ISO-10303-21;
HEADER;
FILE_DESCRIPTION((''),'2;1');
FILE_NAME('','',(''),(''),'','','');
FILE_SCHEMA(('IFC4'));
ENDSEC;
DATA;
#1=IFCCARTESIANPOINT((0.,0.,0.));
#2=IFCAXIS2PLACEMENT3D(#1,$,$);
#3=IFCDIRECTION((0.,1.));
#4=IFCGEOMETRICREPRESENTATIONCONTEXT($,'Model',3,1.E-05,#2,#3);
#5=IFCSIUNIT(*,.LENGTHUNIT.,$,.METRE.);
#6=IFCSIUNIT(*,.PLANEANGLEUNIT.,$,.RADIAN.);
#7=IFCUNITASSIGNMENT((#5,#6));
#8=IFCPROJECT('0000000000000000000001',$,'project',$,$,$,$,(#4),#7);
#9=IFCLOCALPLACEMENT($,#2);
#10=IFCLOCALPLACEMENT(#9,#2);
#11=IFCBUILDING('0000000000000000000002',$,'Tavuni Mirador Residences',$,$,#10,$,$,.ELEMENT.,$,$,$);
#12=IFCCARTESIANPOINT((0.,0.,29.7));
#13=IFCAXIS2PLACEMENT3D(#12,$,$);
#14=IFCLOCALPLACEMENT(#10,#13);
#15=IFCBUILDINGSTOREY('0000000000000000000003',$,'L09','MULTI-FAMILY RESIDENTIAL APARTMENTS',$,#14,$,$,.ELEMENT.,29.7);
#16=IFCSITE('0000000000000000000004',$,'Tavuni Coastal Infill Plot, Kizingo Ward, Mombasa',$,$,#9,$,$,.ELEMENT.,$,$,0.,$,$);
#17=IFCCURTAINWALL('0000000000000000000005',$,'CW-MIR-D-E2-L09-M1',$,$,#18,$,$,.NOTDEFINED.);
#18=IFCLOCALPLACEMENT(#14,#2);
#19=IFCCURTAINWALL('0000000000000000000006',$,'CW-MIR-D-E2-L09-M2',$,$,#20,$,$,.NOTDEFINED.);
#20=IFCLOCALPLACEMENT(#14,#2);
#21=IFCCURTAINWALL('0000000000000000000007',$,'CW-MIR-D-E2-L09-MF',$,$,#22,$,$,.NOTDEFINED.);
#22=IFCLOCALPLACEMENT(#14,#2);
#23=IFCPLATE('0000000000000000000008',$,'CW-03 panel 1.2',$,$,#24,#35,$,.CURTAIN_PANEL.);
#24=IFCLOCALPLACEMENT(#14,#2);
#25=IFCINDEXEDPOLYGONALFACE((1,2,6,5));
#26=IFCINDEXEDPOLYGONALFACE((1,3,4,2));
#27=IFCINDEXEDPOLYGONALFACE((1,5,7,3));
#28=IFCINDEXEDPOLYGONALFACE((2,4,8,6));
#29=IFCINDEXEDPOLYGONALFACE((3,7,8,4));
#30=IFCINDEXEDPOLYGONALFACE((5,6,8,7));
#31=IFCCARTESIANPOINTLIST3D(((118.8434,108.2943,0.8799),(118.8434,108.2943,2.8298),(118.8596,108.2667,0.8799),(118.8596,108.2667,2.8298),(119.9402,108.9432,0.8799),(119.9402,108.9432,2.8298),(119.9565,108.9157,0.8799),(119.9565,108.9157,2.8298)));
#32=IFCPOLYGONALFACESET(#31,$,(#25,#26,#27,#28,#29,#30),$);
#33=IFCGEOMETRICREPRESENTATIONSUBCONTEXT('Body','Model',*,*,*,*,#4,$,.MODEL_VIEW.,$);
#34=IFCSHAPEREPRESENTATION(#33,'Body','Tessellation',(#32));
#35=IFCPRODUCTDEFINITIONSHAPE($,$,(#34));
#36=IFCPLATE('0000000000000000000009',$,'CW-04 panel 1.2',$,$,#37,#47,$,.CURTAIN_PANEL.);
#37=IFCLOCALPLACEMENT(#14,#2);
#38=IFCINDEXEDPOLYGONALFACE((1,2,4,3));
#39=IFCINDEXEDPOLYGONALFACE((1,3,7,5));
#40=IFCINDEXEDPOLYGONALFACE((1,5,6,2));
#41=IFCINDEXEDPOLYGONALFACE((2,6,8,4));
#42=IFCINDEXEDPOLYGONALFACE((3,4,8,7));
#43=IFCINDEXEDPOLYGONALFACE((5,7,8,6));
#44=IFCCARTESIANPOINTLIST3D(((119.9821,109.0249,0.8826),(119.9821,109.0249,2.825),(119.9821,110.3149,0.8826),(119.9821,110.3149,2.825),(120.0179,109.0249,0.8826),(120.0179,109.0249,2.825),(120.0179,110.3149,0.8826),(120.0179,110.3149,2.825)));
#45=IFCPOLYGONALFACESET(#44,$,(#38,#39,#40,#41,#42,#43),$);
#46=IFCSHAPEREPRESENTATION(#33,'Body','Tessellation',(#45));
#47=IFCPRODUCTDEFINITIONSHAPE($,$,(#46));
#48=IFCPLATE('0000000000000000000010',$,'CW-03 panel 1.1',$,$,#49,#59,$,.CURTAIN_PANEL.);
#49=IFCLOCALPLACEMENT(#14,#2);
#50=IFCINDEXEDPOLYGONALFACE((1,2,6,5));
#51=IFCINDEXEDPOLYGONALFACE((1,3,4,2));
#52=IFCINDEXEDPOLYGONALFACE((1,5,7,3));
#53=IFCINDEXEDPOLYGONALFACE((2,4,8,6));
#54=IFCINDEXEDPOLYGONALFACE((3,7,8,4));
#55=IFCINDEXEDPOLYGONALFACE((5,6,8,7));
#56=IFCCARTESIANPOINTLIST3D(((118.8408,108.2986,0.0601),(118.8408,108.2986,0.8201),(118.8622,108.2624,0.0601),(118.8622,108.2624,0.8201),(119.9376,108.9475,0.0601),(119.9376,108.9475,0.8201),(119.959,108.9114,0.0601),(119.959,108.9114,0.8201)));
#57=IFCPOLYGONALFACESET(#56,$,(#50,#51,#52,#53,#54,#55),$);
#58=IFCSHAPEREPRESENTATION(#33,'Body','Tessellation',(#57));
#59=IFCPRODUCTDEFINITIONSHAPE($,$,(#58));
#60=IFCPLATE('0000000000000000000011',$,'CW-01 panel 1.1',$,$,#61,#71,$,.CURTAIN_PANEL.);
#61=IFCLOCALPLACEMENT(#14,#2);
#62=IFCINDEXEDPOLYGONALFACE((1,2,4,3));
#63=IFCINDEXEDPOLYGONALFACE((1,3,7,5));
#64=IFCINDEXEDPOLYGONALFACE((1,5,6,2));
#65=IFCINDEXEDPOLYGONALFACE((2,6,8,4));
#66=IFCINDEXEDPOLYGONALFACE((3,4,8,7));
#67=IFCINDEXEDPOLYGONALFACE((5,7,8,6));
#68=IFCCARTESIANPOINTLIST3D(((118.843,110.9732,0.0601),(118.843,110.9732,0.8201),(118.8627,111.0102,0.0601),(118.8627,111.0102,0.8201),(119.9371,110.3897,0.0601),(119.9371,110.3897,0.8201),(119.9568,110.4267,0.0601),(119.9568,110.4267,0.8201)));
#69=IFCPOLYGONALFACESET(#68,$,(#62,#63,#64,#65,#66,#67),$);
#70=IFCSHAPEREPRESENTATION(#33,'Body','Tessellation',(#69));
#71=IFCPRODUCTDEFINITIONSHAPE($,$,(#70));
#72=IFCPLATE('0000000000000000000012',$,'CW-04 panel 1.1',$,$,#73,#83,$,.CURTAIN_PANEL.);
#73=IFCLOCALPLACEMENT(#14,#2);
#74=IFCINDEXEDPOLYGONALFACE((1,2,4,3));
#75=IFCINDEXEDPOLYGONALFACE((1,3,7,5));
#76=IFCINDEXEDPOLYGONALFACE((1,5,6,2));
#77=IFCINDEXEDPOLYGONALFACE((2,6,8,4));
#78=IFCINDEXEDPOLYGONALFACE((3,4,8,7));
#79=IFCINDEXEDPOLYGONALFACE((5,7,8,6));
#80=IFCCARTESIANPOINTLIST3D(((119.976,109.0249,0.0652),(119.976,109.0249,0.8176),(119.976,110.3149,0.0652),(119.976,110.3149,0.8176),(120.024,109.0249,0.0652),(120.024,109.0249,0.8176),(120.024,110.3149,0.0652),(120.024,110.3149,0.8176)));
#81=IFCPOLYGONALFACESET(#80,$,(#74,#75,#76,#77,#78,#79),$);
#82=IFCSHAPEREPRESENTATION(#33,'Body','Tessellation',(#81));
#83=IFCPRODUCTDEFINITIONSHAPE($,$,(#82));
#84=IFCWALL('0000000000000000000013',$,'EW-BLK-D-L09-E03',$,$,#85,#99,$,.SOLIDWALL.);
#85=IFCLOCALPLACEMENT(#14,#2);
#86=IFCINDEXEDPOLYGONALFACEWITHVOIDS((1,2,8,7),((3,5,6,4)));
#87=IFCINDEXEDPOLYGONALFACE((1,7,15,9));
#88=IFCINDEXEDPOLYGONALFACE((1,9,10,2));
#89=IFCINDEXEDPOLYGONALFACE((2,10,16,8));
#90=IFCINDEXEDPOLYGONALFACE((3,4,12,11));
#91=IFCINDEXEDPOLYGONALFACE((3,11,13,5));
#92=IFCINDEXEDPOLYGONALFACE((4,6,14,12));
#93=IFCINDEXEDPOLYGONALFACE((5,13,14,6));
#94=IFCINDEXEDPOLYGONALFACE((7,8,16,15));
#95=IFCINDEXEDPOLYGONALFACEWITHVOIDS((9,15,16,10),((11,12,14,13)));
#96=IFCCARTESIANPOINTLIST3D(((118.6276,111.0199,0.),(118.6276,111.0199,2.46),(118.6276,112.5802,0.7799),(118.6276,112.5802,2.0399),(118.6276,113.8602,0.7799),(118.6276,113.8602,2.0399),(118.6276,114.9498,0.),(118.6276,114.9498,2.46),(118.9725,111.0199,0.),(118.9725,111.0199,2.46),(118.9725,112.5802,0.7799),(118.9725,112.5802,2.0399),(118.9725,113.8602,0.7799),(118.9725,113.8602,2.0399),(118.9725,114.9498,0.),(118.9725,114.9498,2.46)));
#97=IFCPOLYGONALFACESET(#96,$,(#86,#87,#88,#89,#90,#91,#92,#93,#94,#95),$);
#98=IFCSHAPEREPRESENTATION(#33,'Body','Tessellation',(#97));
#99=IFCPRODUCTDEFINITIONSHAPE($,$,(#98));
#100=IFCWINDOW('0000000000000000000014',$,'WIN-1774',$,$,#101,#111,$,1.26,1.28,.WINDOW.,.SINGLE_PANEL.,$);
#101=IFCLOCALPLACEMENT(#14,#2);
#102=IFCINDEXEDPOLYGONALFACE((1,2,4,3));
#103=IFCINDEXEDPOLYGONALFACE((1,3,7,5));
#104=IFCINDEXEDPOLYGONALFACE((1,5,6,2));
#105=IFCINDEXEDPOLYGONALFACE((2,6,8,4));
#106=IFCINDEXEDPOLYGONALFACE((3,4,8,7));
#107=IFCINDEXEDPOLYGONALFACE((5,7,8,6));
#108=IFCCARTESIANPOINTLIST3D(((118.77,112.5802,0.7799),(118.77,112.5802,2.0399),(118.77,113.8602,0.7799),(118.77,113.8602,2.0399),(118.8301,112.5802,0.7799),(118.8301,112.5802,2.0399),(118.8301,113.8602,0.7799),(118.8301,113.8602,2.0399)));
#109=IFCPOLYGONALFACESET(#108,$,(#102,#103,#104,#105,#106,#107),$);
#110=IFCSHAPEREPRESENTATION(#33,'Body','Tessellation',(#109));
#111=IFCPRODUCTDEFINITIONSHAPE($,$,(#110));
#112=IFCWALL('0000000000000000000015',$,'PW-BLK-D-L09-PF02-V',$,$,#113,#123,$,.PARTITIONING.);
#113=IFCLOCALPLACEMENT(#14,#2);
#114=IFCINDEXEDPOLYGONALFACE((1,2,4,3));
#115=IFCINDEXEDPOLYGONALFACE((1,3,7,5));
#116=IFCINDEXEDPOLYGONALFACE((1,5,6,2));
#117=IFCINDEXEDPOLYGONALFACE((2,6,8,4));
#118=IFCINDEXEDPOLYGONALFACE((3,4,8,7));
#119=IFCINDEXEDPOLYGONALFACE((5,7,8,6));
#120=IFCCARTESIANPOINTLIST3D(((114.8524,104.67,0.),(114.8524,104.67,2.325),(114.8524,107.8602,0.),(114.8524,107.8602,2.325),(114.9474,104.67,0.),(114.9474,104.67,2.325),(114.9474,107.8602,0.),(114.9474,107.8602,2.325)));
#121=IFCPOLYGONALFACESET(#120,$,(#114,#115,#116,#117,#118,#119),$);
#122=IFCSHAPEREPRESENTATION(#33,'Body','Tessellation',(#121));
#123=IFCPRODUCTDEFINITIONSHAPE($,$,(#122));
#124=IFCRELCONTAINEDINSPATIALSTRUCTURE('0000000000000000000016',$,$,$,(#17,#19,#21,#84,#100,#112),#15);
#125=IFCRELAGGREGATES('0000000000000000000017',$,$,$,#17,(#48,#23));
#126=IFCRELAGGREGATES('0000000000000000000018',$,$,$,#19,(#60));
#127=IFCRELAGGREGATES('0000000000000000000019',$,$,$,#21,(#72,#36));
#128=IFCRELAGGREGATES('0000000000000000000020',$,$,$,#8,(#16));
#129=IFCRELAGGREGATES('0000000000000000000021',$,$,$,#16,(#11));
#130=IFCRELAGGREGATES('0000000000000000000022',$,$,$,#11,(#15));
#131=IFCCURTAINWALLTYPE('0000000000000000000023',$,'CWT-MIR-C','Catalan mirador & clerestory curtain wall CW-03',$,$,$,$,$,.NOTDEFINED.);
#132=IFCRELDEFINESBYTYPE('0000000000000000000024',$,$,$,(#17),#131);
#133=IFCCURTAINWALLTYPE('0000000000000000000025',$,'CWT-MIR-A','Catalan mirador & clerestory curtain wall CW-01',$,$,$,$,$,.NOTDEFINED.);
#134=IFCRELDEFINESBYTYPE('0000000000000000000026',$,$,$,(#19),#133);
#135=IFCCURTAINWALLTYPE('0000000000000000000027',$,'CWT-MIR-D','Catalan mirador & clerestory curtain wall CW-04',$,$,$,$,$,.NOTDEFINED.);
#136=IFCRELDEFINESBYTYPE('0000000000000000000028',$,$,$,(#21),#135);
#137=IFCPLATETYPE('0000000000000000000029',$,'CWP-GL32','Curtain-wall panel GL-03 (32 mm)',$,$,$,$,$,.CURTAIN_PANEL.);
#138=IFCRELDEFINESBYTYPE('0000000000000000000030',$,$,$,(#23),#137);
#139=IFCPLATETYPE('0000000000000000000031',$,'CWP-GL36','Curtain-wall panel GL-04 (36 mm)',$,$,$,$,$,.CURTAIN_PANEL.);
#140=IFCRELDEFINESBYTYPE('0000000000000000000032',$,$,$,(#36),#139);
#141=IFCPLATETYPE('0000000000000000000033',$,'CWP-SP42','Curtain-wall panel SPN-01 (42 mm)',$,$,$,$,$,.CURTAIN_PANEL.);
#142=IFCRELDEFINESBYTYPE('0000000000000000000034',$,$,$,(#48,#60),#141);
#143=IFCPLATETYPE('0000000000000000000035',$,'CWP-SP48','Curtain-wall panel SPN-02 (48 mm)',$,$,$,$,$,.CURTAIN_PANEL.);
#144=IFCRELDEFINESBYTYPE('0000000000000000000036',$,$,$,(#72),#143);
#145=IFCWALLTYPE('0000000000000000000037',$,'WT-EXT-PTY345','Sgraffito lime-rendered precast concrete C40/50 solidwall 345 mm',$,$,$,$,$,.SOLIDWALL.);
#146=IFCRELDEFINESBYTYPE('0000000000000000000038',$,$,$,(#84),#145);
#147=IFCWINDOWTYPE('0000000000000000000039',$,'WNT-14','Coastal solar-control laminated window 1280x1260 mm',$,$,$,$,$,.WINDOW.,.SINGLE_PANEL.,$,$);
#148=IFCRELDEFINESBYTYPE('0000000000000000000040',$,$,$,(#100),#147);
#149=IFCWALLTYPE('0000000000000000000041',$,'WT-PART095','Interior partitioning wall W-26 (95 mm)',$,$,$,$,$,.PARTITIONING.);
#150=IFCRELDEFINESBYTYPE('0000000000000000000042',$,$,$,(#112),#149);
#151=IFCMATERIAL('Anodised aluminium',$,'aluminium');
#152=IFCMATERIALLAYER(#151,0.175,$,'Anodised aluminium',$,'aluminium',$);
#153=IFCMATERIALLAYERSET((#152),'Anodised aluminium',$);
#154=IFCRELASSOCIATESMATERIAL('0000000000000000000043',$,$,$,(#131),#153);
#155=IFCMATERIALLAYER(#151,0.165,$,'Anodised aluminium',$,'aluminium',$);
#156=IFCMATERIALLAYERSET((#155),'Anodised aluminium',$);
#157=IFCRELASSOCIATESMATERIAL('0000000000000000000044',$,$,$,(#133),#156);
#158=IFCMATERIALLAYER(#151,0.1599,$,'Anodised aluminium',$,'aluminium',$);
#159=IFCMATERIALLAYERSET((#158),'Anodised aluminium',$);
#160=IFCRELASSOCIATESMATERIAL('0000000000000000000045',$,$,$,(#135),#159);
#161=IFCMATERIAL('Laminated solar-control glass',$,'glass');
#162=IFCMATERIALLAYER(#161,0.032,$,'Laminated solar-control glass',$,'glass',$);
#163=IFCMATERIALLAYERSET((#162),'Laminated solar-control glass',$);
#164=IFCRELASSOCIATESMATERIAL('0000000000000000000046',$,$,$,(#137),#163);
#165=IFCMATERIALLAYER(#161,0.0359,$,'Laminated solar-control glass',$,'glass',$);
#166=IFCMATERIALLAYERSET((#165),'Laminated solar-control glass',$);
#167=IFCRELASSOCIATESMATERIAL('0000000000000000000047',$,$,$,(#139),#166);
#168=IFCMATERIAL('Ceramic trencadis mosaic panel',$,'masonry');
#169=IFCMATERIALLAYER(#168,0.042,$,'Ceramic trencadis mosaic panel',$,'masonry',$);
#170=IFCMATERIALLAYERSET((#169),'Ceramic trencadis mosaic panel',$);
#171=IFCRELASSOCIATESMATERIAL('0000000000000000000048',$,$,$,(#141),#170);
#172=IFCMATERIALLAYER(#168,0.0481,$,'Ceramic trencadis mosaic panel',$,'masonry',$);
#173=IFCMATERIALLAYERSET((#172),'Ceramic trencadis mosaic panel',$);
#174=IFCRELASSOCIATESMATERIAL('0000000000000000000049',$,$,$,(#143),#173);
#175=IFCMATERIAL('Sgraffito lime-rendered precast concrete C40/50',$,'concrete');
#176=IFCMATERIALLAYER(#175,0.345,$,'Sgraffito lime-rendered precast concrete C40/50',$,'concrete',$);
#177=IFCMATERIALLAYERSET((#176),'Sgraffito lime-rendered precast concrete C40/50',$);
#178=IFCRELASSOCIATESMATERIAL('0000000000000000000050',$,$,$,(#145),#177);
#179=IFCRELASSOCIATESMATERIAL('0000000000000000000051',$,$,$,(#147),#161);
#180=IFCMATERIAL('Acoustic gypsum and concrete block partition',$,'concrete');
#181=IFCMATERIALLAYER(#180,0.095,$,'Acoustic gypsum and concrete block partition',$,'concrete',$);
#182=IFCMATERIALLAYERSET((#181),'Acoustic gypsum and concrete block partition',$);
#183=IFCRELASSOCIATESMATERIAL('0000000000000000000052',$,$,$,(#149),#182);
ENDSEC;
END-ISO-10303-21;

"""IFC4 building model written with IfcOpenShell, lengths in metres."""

from ifc_helpers import new_model, si_unit, direction, frame, frame_2d, origin, origin_2d, place, context, subcontext, project, spatial, rectangle, extrude, material, layer, layer_set, type_object, element, fill, aggregate, save


model = new_model("IFC4")

# Units and contexts
model_context = context("Model", 3, precision=1e-05, world=origin(), true_north=direction((0.0, 1.0)))
body_context = subcontext(model_context, "Body", "Model", "MODEL_VIEW")
ifc_project = project(units=[si_unit("LENGTHUNIT", "METRE"), si_unit("PLANEANGLEUNIT", "RADIAN")], contexts=[model_context])

# Site, building, storey
site_placement = place(None, origin())
site = spatial("IfcSite", under=ifc_project, at=site_placement, Name="Tavuni Coastal Infill Plot, Kizingo Ward, Mombasa", CompositionType="ELEMENT", RefElevation=0.0)
building_placement = place(site_placement, origin())
building = spatial("IfcBuilding", under=site, at=building_placement, Name="Tavuni Mirador Residences", CompositionType="ELEMENT")
storey_placement = place(building_placement, frame((0.0, 0.0, 29.7)))
storey = spatial("IfcBuildingStorey", under=building, at=storey_placement, Name="L09", Description="MULTI-FAMILY RESIDENTIAL APARTMENTS", CompositionType="ELEMENT", Elevation=29.7)

# Curtain walls
ifc_material_1 = material(Name="Anodised aluminium", Category="aluminium")
ifc_layer_1 = layer(ifc_material_1, 0.175, Name="Anodised aluminium", Category="aluminium")
ifc_layer_set_1 = layer_set([ifc_layer_1], Name="Anodised aluminium")
curtain_wall_type_1 = type_object("IfcCurtainWallType", Name="CWT-MIR-C", Description="Catalan mirador & clerestory curtain wall CW-03", PredefinedType="NOTDEFINED", material=ifc_layer_set_1)
curtain_wall_1_placement = place(storey_placement, origin())
curtain_wall_1 = element("IfcCurtainWall", 1, at=curtain_wall_1_placement, inside=storey, type_object=curtain_wall_type_1, Name="CW-MIR-D-E2-L09-M1", PredefinedType="NOTDEFINED")
ifc_layer_2 = layer(ifc_material_1, 0.165, Name="Anodised aluminium", Category="aluminium")
ifc_layer_set_2 = layer_set([ifc_layer_2], Name="Anodised aluminium")
curtain_wall_type_2 = type_object("IfcCurtainWallType", Name="CWT-MIR-A", Description="Catalan mirador & clerestory curtain wall CW-01", PredefinedType="NOTDEFINED", material=ifc_layer_set_2)
curtain_wall_2_placement = place(storey_placement, origin())
curtain_wall_2 = element("IfcCurtainWall", 2, at=curtain_wall_2_placement, inside=storey, type_object=curtain_wall_type_2, Name="CW-MIR-D-E2-L09-M2", PredefinedType="NOTDEFINED")
ifc_layer_3 = layer(ifc_material_1, 0.1599, Name="Anodised aluminium", Category="aluminium")
ifc_layer_set_3 = layer_set([ifc_layer_3], Name="Anodised aluminium")
curtain_wall_type_3 = type_object("IfcCurtainWallType", Name="CWT-MIR-D", Description="Catalan mirador & clerestory curtain wall CW-04", PredefinedType="NOTDEFINED", material=ifc_layer_set_3)
curtain_wall_3_placement = place(storey_placement, origin())
curtain_wall_3 = element("IfcCurtainWall", 3, at=curtain_wall_3_placement, inside=storey, type_object=curtain_wall_type_3, Name="CW-MIR-D-E2-L09-MF", PredefinedType="NOTDEFINED")

# Plates
ifc_material_2 = material(Name="Laminated solar-control glass", Category="glass")
ifc_layer_4 = layer(ifc_material_2, 0.032, Name="Laminated solar-control glass", Category="glass")
ifc_layer_set_4 = layer_set([ifc_layer_4], Name="Laminated solar-control glass")
plate_type_1 = type_object("IfcPlateType", Name="CWP-GL32", Description="Curtain-wall panel GL-03 (32 mm)", PredefinedType="CURTAIN_PANEL", material=ifc_layer_set_4)
plate_1_placement = place(storey_placement, frame((119.3999, 108.605, 0.8799), z_axis=(0.0, 0.0, 1.0), x_axis=(0.860641, 0.509212, 0.0)))
plate_1 = element("IfcPlate", 4, at=plate_1_placement, type_object=plate_type_1, Name="CW-03 panel 1.2", PredefinedType="CURTAIN_PANEL", context=body_context, shape_type="SweptSolid", body=[
    extrude(rectangle(XDim=1.2744, YDim=0.032, at=origin_2d()), origin(), (0.0, 0.0, 1.0), 1.95),
])
ifc_layer_5 = layer(ifc_material_2, 0.0359, Name="Laminated solar-control glass", Category="glass")
ifc_layer_set_5 = layer_set([ifc_layer_5], Name="Laminated solar-control glass")
plate_type_2 = type_object("IfcPlateType", Name="CWP-GL36", Description="Curtain-wall panel GL-04 (36 mm)", PredefinedType="CURTAIN_PANEL", material=ifc_layer_set_5)
plate_2_placement = place(storey_placement, frame((120.0, 109.6699, 0.8826), z_axis=(0.0, 0.0, 1.0), x_axis=(0.0, 1.0, 0.0)))
plate_2 = element("IfcPlate", 5, at=plate_2_placement, type_object=plate_type_2, Name="CW-04 panel 1.2", PredefinedType="CURTAIN_PANEL", context=body_context, shape_type="SweptSolid", body=[
    extrude(rectangle(XDim=1.29, YDim=0.0359, at=origin_2d()), origin(), (0.0, 0.0, 1.0), 1.9424),
])
ifc_material_3 = material(Name="Ceramic trencadis mosaic panel", Category="masonry")
ifc_layer_6 = layer(ifc_material_3, 0.042, Name="Ceramic trencadis mosaic panel", Category="masonry")
ifc_layer_set_6 = layer_set([ifc_layer_6], Name="Ceramic trencadis mosaic panel")
plate_type_3 = type_object("IfcPlateType", Name="CWP-SP42", Description="Curtain-wall panel SPN-01 (42 mm)", PredefinedType="CURTAIN_PANEL", material=ifc_layer_set_6)
plate_3_placement = place(storey_placement, frame((119.3999, 108.605, 0.0601), z_axis=(0.0, 0.0, 1.0), x_axis=(0.860641, 0.509212, 0.0)))
plate_3 = element("IfcPlate", 6, at=plate_3_placement, type_object=plate_type_3, Name="CW-03 panel 1.1", PredefinedType="CURTAIN_PANEL", context=body_context, shape_type="SweptSolid", body=[
    extrude(rectangle(XDim=1.2744, YDim=0.042, at=origin_2d()), origin(), (0.0, 0.0, 1.0), 0.76),
])
aggregate(curtain_wall_1, [plate_3, plate_1])
plate_4_placement = place(storey_placement, frame((119.3999, 110.7, 0.0601), z_axis=(0.0, 0.0, 1.0), x_axis=(-0.882353, 0.470588, 0.0)))
plate_4 = element("IfcPlate", 7, at=plate_4_placement, type_object=plate_type_3, Name="CW-01 panel 1.1", PredefinedType="CURTAIN_PANEL", context=body_context, shape_type="SweptSolid", body=[
    extrude(rectangle(XDim=1.24, YDim=0.042, at=origin_2d()), origin(), (0.0, 0.0, 1.0), 0.76),
])
aggregate(curtain_wall_2, [plate_4])
ifc_layer_7 = layer(ifc_material_3, 0.0481, Name="Ceramic trencadis mosaic panel", Category="masonry")
ifc_layer_set_7 = layer_set([ifc_layer_7], Name="Ceramic trencadis mosaic panel")
plate_type_4 = type_object("IfcPlateType", Name="CWP-SP48", Description="Curtain-wall panel SPN-02 (48 mm)", PredefinedType="CURTAIN_PANEL", material=ifc_layer_set_7)
plate_5_placement = place(storey_placement, frame((120.0, 109.6699, 0.0652), z_axis=(0.0, 0.0, 1.0), x_axis=(0.0, 1.0, 0.0)))
plate_5 = element("IfcPlate", 8, at=plate_5_placement, type_object=plate_type_4, Name="CW-04 panel 1.1", PredefinedType="CURTAIN_PANEL", context=body_context, shape_type="SweptSolid", body=[
    extrude(rectangle(XDim=1.29, YDim=0.0481, at=origin_2d()), origin(), (0.0, 0.0, 1.0), 0.7524),
])
aggregate(curtain_wall_3, [plate_5, plate_2])

# Wall, opening, window
ifc_material_4 = material(Name="Sgraffito lime-rendered precast concrete C40/50", Category="concrete")
ifc_layer_8 = layer(ifc_material_4, 0.345, Name="Sgraffito lime-rendered precast concrete C40/50", Category="concrete")
ifc_layer_set_8 = layer_set([ifc_layer_8], Name="Sgraffito lime-rendered precast concrete C40/50")
wall_type_1 = type_object("IfcWallType", Name="WT-EXT-PTY345", Description="Sgraffito lime-rendered precast concrete C40/50 solidwall 345 mm", PredefinedType="SOLIDWALL", material=ifc_layer_set_8)
wall_1_placement = place(storey_placement, frame((118.8, 111.02, 0.0), z_axis=(0.0, 0.0, 1.0), x_axis=(0.0, 1.0, 0.0)))
wall_1 = element("IfcWall", 9, at=wall_1_placement, inside=storey, type_object=wall_type_1, Name="EW-BLK-D-L09-E03", PredefinedType="SOLIDWALL", context=body_context, shape_type="SweptSolid", body=[
    extrude(rectangle(XDim=3.9299, YDim=0.345, at=frame_2d((1.9648, 0.0))), origin(), (0.0, 0.0, 1.0), 2.46),
])
opening_1_placement = place(wall_1_placement, frame((1.5601, 0.0, 0.78)))
opening_1 = element("IfcOpeningElement", 10, at=opening_1_placement, cuts=wall_1, PredefinedType="OPENING", context=body_context, shape_type="SweptSolid", body=[
    extrude(rectangle(XDim=1.28, YDim=1.26, at=frame_2d((0.6401, 0.6299))), frame((0.0, 0.1826, 0.0), z_axis=(0.0, -1.0, 0.0), x_axis=(1.0, 0.0, 0.0)), (0.0, 0.0, 1.0), 0.365),
])
window_type = type_object("IfcWindowType", Name="WNT-14", Description="Coastal solar-control laminated window 1280x1260 mm", PartitioningType="SINGLE_PANEL", PredefinedType="WINDOW", material=ifc_material_2)
window_placement = place(opening_1_placement, origin())
window = element("IfcWindow", 11, at=window_placement, inside=storey, type_object=window_type, Name="WIN-1774", OverallHeight=1.26, OverallWidth=1.28, PartitioningType="SINGLE_PANEL", PredefinedType="WINDOW", context=body_context, shape_type="SweptSolid", body=[
    extrude(rectangle(XDim=1.28, YDim=1.26, at=frame_2d((0.6401, 0.6299))), frame((0.0, 0.03, 0.0), z_axis=(0.0, -1.0, 0.0), x_axis=(1.0, 0.0, 0.0)), (0.0, 0.0, 1.0), 0.0601),
])
fill(opening_1, window)

# Wall
ifc_material_5 = material(Name="Acoustic gypsum and concrete block partition", Category="concrete")
ifc_layer_9 = layer(ifc_material_5, 0.095, Name="Acoustic gypsum and concrete block partition", Category="concrete")
ifc_layer_set_9 = layer_set([ifc_layer_9], Name="Acoustic gypsum and concrete block partition")
wall_type_2 = type_object("IfcWallType", Name="WT-PART095", Description="Interior partitioning wall W-26 (95 mm)", PredefinedType="PARTITIONING", material=ifc_layer_set_9)
wall_2_placement = place(storey_placement, frame((114.8999, 104.6699, 0.0), z_axis=(0.0, 0.0, 1.0), x_axis=(0.0, 1.0, 0.0)))
element("IfcWall", 12, at=wall_2_placement, inside=storey, type_object=wall_type_2, Name="PW-BLK-D-L09-PF02-V", PredefinedType="PARTITIONING", context=body_context, shape_type="SweptSolid", body=[
    extrude(rectangle(XDim=3.1902, YDim=0.095, at=frame_2d((1.5952, 0.0))), origin(), (0.0, 0.0, 1.0), 2.325),
])

save(model, "model.ifc")
